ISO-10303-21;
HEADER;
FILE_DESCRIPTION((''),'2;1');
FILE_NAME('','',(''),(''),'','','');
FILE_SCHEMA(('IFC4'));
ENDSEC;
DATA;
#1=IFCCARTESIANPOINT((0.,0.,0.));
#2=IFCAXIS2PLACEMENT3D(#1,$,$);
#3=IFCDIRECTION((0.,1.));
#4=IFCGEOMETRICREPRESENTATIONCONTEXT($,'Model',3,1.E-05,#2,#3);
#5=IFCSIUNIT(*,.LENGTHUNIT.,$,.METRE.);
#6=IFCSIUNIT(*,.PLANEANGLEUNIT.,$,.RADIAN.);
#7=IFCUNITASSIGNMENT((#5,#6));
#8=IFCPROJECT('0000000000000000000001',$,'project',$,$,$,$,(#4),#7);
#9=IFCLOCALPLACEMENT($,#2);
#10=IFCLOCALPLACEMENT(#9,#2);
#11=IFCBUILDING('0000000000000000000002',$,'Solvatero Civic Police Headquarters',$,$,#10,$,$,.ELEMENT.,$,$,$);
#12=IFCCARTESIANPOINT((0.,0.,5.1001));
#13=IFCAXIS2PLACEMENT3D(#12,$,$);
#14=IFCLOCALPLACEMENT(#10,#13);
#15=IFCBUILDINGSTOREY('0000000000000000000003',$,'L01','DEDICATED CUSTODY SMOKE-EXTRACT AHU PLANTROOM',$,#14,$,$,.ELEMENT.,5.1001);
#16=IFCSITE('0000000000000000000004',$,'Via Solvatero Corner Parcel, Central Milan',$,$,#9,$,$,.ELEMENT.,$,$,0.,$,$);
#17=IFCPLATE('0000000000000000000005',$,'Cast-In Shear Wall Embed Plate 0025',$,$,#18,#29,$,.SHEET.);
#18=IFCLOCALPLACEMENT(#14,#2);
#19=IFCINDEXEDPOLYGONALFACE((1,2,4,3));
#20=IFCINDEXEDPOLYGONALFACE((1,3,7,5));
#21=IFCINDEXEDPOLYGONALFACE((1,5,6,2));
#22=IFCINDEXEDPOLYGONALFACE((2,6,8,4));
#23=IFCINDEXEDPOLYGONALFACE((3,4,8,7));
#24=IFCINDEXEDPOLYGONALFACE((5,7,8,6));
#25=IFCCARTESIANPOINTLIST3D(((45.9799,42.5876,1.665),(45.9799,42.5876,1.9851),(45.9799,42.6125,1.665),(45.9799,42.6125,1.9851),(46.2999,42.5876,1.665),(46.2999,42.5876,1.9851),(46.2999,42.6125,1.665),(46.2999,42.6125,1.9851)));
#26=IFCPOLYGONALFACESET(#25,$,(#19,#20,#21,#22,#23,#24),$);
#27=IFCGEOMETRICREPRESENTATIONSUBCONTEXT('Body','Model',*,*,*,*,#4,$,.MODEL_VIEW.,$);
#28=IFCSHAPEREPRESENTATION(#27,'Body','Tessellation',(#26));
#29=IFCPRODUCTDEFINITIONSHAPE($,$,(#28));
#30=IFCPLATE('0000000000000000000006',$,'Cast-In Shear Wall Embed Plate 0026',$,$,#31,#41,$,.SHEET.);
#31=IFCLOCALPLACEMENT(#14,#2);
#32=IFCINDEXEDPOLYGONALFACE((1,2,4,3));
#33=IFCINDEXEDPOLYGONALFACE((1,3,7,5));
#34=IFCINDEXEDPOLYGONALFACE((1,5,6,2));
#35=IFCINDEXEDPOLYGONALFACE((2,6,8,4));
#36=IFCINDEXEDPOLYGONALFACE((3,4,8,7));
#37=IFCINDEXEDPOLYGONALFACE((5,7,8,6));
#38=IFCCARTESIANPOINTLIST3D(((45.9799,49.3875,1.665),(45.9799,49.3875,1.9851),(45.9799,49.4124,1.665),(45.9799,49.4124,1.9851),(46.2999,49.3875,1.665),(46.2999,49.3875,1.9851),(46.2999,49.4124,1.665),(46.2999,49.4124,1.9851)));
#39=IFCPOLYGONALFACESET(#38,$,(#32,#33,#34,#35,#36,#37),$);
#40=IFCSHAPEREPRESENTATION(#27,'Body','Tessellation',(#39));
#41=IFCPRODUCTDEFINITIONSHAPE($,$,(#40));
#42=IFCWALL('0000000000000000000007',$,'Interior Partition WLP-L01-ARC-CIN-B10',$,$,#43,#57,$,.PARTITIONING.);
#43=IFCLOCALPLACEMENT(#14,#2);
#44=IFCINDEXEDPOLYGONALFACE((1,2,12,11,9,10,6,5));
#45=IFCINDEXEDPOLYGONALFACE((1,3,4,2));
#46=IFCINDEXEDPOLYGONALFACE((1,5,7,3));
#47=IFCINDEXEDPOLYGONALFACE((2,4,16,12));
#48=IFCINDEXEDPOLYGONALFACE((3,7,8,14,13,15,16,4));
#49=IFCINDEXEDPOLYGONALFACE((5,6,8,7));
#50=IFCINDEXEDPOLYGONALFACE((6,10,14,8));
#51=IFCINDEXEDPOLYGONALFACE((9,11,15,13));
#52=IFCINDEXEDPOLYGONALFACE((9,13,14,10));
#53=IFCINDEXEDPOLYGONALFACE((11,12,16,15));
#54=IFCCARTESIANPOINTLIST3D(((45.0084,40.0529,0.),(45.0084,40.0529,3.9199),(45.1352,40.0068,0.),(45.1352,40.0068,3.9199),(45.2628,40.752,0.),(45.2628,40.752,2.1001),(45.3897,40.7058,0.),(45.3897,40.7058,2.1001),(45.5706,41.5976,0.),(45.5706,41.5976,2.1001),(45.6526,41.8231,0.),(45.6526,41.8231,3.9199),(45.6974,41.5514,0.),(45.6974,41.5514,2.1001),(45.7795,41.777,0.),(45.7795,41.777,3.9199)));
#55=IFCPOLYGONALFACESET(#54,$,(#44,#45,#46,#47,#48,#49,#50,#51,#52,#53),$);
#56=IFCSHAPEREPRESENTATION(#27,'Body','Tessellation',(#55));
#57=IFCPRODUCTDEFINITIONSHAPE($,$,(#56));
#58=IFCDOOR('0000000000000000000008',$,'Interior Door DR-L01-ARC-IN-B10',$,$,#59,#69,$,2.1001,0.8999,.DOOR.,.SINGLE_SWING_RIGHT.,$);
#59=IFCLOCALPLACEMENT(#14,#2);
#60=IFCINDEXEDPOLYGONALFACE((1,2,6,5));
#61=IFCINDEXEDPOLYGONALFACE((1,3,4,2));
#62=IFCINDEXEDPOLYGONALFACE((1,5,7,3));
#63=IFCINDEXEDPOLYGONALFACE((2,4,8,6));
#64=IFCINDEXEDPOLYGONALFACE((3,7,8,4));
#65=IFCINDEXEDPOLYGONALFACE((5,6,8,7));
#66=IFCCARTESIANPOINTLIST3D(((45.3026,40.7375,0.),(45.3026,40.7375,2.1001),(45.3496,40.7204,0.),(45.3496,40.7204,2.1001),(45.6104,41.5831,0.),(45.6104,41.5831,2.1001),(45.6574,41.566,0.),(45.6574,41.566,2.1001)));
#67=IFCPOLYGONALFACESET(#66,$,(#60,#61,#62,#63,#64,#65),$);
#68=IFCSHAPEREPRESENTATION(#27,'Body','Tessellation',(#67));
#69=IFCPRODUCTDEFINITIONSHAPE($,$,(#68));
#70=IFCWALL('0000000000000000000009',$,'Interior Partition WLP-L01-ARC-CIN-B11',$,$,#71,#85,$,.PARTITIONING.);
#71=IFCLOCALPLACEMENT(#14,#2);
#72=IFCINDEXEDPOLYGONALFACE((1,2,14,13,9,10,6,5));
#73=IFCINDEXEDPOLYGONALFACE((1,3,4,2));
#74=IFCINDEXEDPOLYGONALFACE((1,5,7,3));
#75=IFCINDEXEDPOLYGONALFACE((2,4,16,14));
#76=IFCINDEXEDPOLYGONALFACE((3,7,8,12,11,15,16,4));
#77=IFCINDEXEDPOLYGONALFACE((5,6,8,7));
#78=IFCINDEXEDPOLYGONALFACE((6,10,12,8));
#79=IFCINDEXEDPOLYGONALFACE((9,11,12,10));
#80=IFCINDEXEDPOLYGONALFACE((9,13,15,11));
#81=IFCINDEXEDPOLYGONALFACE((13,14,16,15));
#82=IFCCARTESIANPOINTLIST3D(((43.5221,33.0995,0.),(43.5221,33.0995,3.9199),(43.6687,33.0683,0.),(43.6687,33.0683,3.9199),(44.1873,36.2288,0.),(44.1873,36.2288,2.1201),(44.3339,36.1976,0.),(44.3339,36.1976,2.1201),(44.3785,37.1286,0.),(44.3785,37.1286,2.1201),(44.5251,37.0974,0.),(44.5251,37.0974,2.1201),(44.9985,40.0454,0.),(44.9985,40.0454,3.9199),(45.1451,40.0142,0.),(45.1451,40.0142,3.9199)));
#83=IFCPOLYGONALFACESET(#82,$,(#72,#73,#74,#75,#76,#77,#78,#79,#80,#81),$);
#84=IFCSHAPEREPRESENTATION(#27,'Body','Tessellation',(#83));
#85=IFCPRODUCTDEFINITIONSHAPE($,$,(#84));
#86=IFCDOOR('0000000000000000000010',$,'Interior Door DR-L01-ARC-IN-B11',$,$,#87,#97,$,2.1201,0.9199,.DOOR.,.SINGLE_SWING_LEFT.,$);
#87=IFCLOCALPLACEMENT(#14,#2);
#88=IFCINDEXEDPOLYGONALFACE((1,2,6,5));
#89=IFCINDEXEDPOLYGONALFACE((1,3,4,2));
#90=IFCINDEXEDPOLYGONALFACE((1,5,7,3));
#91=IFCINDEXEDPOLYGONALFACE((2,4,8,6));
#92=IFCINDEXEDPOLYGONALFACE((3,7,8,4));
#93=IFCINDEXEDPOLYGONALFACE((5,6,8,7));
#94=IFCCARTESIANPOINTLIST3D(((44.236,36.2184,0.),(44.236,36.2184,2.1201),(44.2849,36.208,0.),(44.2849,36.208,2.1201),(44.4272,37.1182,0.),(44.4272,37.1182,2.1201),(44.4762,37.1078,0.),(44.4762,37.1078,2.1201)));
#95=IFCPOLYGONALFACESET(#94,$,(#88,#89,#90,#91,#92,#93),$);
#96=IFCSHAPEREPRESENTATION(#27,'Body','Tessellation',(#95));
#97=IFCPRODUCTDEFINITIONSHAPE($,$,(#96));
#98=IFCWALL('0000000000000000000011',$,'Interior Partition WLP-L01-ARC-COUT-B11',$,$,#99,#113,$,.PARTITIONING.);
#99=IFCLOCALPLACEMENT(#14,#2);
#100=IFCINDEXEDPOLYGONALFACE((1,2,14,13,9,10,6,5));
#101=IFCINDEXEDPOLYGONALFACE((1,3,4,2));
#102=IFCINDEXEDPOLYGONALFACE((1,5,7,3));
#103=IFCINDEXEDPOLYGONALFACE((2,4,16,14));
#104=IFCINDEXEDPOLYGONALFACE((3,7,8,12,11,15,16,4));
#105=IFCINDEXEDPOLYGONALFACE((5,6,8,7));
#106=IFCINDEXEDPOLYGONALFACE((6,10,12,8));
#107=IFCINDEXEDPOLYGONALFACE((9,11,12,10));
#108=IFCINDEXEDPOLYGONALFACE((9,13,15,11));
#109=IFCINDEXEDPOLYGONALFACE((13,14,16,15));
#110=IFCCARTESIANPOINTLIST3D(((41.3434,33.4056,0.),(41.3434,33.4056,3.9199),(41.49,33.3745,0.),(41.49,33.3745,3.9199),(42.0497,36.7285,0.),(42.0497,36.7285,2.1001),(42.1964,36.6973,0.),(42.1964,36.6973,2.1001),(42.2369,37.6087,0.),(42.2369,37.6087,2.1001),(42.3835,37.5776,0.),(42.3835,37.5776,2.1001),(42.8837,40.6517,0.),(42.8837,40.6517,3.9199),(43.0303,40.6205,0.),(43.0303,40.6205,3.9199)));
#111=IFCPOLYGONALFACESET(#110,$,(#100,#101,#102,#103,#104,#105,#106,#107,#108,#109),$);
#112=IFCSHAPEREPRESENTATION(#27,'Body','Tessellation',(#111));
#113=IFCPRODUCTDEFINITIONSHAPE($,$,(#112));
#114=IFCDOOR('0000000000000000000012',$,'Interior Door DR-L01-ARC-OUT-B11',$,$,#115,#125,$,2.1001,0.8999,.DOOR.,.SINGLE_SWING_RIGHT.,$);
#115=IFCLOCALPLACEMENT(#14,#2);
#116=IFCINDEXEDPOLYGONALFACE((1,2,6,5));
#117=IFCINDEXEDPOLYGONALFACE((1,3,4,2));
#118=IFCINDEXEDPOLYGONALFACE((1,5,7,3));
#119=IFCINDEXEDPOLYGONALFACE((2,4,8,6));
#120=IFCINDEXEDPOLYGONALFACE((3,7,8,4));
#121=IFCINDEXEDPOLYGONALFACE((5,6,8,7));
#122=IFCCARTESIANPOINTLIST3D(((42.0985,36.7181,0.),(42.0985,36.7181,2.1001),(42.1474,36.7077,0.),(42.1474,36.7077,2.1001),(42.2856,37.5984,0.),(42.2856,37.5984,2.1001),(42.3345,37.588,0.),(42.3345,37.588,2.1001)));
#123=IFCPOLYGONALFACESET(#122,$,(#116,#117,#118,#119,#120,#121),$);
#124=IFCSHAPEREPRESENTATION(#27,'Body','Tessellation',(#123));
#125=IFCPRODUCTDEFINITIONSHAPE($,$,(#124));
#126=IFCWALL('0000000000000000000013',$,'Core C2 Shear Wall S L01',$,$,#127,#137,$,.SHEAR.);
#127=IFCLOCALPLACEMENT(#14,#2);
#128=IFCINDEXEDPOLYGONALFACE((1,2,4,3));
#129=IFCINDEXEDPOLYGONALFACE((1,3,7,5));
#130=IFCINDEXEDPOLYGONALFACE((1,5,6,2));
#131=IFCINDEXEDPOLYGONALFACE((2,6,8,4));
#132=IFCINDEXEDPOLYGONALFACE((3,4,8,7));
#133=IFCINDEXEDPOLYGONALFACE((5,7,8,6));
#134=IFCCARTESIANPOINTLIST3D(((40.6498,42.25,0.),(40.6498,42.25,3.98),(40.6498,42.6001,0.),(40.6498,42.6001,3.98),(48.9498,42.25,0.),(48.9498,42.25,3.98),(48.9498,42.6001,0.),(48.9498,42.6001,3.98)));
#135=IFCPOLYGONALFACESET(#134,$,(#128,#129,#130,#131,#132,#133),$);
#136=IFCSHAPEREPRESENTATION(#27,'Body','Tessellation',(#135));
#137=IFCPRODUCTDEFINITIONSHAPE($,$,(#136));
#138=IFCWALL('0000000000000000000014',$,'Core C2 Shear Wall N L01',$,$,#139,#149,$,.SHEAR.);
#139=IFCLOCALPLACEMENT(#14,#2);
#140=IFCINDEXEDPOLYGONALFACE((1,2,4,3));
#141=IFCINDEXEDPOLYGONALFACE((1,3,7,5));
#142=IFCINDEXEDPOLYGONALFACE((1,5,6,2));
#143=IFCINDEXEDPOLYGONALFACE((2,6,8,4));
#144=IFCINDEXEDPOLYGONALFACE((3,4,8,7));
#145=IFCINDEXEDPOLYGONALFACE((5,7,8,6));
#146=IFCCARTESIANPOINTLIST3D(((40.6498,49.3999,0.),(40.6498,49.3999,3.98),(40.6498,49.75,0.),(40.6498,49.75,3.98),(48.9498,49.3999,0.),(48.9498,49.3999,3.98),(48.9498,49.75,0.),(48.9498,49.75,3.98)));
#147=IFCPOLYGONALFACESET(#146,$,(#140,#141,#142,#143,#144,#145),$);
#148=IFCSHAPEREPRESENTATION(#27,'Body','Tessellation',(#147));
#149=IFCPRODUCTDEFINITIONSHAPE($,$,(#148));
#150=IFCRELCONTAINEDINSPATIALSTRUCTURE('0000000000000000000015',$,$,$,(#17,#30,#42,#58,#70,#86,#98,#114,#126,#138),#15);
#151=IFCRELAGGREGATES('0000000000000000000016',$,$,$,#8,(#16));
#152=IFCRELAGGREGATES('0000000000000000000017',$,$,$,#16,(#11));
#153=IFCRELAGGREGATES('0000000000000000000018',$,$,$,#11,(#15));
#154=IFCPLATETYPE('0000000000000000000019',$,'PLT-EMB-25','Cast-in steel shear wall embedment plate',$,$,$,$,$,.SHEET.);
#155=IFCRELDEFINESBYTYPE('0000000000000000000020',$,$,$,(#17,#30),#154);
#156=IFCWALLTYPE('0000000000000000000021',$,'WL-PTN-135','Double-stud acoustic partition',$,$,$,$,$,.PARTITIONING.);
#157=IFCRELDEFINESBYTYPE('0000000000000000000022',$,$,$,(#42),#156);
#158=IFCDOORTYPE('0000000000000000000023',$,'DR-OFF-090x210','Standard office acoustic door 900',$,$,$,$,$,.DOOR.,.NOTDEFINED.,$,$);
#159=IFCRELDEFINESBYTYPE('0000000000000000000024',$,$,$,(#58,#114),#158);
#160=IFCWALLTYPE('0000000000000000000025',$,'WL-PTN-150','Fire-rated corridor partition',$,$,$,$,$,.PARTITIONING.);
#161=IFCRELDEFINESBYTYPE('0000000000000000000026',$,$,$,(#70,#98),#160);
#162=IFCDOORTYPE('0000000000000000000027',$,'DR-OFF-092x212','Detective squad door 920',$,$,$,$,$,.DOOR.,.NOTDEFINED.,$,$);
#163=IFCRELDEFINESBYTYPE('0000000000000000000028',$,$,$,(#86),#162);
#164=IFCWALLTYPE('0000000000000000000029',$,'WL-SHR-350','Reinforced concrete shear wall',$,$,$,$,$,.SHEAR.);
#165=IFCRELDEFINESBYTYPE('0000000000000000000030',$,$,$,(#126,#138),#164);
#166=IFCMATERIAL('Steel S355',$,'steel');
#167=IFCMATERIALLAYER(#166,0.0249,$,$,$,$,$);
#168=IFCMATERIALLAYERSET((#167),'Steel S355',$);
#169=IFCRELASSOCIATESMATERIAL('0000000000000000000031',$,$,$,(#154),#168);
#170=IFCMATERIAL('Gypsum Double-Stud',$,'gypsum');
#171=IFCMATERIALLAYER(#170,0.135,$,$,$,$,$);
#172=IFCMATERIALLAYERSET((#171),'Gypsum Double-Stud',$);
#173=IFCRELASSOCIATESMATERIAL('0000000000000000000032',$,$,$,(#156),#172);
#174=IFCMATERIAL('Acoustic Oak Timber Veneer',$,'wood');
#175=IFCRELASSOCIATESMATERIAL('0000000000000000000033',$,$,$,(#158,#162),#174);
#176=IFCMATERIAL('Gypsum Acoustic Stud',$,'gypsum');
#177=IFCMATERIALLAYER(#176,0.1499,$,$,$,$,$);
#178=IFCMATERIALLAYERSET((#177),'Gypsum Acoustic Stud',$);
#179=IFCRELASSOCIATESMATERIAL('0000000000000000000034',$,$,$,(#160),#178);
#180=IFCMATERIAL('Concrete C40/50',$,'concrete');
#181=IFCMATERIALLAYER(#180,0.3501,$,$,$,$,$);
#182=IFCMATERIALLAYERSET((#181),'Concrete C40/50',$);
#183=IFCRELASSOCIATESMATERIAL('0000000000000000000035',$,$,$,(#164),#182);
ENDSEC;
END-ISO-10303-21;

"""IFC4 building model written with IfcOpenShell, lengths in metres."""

from ifc_helpers import new_model, si_unit, direction, frame, frame_2d, origin, origin_2d, place, context, subcontext, project, spatial, rectangle, extrude, material, layer, layer_set, type_object, element, fill, save


model = new_model("IFC4")

# Units and contexts
model_context = context("Model", 3, precision=1e-05, world=origin(), true_north=direction((0.0, 1.0)))
body_context = subcontext(model_context, "Body", "Model", "MODEL_VIEW")
ifc_project = project(units=[si_unit("LENGTHUNIT", "METRE"), si_unit("PLANEANGLEUNIT", "RADIAN")], contexts=[model_context])

# Site, building, storey
site_placement = place(None, origin())
site = spatial("IfcSite", under=ifc_project, at=site_placement, Name="Via Solvatero Corner Parcel, Central Milan", CompositionType="ELEMENT", RefElevation=0.0)
building_placement = place(site_placement, origin())
building = spatial("IfcBuilding", under=site, at=building_placement, Name="Solvatero Civic Police Headquarters", CompositionType="ELEMENT")
storey_placement = place(building_placement, frame((0.0, 0.0, 5.1001)))
storey = spatial("IfcBuildingStorey", under=building, at=storey_placement, Name="L01", Description="DEDICATED CUSTODY SMOKE-EXTRACT AHU PLANTROOM", CompositionType="ELEMENT", Elevation=5.1001)

# Shared definitions
ifc_material_1 = material(Name="Steel S355", Category="steel")

# Plates
ifc_layer_1 = layer(ifc_material_1, 0.0249)
ifc_layer_set_1 = layer_set([ifc_layer_1], Name="Steel S355")
plate_type_1 = type_object("IfcPlateType", Name="PLT-EMB-25", Description="Cast-in steel shear wall embedment plate", PredefinedType="SHEET", material=ifc_layer_set_1)
for number, where, z_axis, x_axis, name in (
    (1, (46.1399, 42.6001, 1.665), (0.0, 0.0, 1.0), (1.0, 0.0, 0.0), "Cast-In Shear Wall Embed Plate 0025"),
    (2, (46.1399, 49.3999, 1.665), (0.0, 0.0, 1.0), (1.0, 0.0, 0.0), "Cast-In Shear Wall Embed Plate 0026"),
):
    element("IfcPlate", number, at=place(storey_placement, frame(where, z_axis=z_axis, x_axis=x_axis)), inside=storey, type_object=plate_type_1, Name=name, PredefinedType="SHEET", context=body_context, shape_type="SweptSolid", body=[
        extrude(rectangle(XDim=0.3201, YDim=0.0249, at=origin_2d()), origin(), (0.0, 0.0, 1.0), 0.3201),
    ])

# Walls, openings, doors
ifc_material_2 = material(Name="Gypsum Double-Stud", Category="gypsum")
ifc_layer_2 = layer(ifc_material_2, 0.135)
ifc_layer_set_2 = layer_set([ifc_layer_2], Name="Gypsum Double-Stud")
wall_type_1 = type_object("IfcWallType", Name="WL-PTN-135", Description="Double-stud acoustic partition", PredefinedType="PARTITIONING", material=ifc_layer_set_2)
wall_1_placement = place(storey_placement, frame((45.7161, 41.8, 0.0), z_axis=(0.0, 0.0, 1.0), x_axis=(-0.342003, -0.939699, 0.0)))
wall_1 = element("IfcWall", 3, at=wall_1_placement, inside=storey, type_object=wall_type_1, Name="Interior Partition WLP-L01-ARC-CIN-B10", PredefinedType="PARTITIONING", context=body_context, shape_type="SweptSolid", body=[
    extrude(rectangle(XDim=1.8838, YDim=0.135, at=frame_2d((0.9419, 0.0))), origin(), (0.0, 0.0, 1.0), 3.9199),
])
opening_1_placement = place(wall_1_placement, frame((0.24, 0.0, 0.0)))
opening_1 = element("IfcOpeningElement", 4, at=opening_1_placement, cuts=wall_1, PredefinedType="OPENING", context=body_context, shape_type="SweptSolid", body=[
    extrude(rectangle(XDim=0.8999, YDim=2.1001, at=frame_2d((0.45, 1.05))), frame((0.0, 0.0774, 0.0), z_axis=(0.0, -1.0, 0.0), x_axis=(1.0, 0.0, 0.0)), (0.0, 0.0, 1.0), 0.155),
])
ifc_material_3 = material(Name="Acoustic Oak Timber Veneer", Category="wood")
door_type_1 = type_object("IfcDoorType", Name="DR-OFF-090x210", Description="Standard office acoustic door 900", OperationType="NOTDEFINED", PredefinedType="DOOR", material=ifc_material_3)
door_1_placement = place(opening_1_placement, origin())
door_1 = element("IfcDoor", 5, at=door_1_placement, inside=storey, type_object=door_type_1, Name="Interior Door DR-L01-ARC-IN-B10", OperationType="SINGLE_SWING_RIGHT", OverallHeight=2.1001, OverallWidth=0.8999, PredefinedType="DOOR", context=body_context, shape_type="SweptSolid", body=[
    extrude(rectangle(XDim=0.8999, YDim=2.1001, at=frame_2d((0.45, 1.05))), frame((0.0, 0.0249, 0.0), z_axis=(0.0, -1.0, 0.0), x_axis=(1.0, 0.0, 0.0)), (0.0, 0.0, 1.0), 0.05),
])
fill(opening_1, door_1)
ifc_material_4 = material(Name="Gypsum Acoustic Stud", Category="gypsum")
ifc_layer_3 = layer(ifc_material_4, 0.1499)
ifc_layer_set_3 = layer_set([ifc_layer_3], Name="Gypsum Acoustic Stud")
wall_type_2 = type_object("IfcWallType", Name="WL-PTN-150", Description="Fire-rated corridor partition", PredefinedType="PARTITIONING", material=ifc_layer_set_3)
wall_2_placement = place(storey_placement, frame((45.0718, 40.0298, 0.0), z_axis=(0.0, 0.0, 1.0), x_axis=(-0.207904, -0.978149, 0.0)))
wall_2 = element("IfcWall", 6, at=wall_2_placement, inside=storey, type_object=wall_type_2, Name="Interior Partition WLP-L01-ARC-CIN-B11", PredefinedType="PARTITIONING", context=body_context, shape_type="SweptSolid", body=[
    extrude(rectangle(XDim=7.1011, YDim=0.1499, at=frame_2d((3.5505, 0.0))), origin(), (0.0, 0.0, 1.0), 3.9199),
])
opening_2_placement = place(wall_2_placement, frame((2.9819, 0.0, 0.0)))
opening_2 = element("IfcOpeningElement", 7, at=opening_2_placement, cuts=wall_2, PredefinedType="OPENING", context=body_context, shape_type="SweptSolid", body=[
    extrude(rectangle(XDim=0.9199, YDim=2.1201, at=frame_2d((0.46, 1.0601))), frame((0.0, 0.085, 0.0), z_axis=(0.0, -1.0, 0.0), x_axis=(1.0, 0.0, 0.0)), (0.0, 0.0, 1.0), 0.1699),
])
door_type_2 = type_object("IfcDoorType", Name="DR-OFF-092x212", Description="Detective squad door 920", OperationType="NOTDEFINED", PredefinedType="DOOR", material=ifc_material_3)
door_2_placement = place(opening_2_placement, origin())
door_2 = element("IfcDoor", 8, at=door_2_placement, inside=storey, type_object=door_type_2, Name="Interior Door DR-L01-ARC-IN-B11", OperationType="SINGLE_SWING_LEFT", OverallHeight=2.1201, OverallWidth=0.9199, PredefinedType="DOOR", context=body_context, shape_type="SweptSolid", body=[
    extrude(rectangle(XDim=0.9199, YDim=2.1201, at=frame_2d((0.46, 1.0601))), frame((0.0, 0.0249, 0.0), z_axis=(0.0, -1.0, 0.0), x_axis=(1.0, 0.0, 0.0)), (0.0, 0.0, 1.0), 0.05),
])
fill(opening_2, door_2)
wall_3_placement = place(storey_placement, frame((42.957, 40.6362, 0.0), z_axis=(0.0, 0.0, 1.0), x_axis=(-0.207922, -0.978145, 0.0)))
wall_3 = element("IfcWall", 9, at=wall_3_placement, inside=storey, type_object=wall_type_2, Name="Interior Partition WLP-L01-ARC-COUT-B11", PredefinedType="PARTITIONING", context=body_context, shape_type="SweptSolid", body=[
    extrude(rectangle(XDim=7.408, YDim=0.1499, at=frame_2d((3.7041, 0.0))), origin(), (0.0, 0.0, 1.0), 3.9199),
])
opening_3_placement = place(wall_3_placement, frame((3.1111, 0.0, 0.0)))
opening_3 = element("IfcOpeningElement", 10, at=opening_3_placement, cuts=wall_3, PredefinedType="OPENING", context=body_context, shape_type="SweptSolid", body=[
    extrude(rectangle(XDim=0.8999, YDim=2.1001, at=frame_2d((0.45, 1.05))), frame((0.0, 0.085, 0.0), z_axis=(0.0, -1.0, 0.0), x_axis=(1.0, 0.0, 0.0)), (0.0, 0.0, 1.0), 0.1699),
])
door_3_placement = place(opening_3_placement, origin())
door_3 = element("IfcDoor", 11, at=door_3_placement, inside=storey, type_object=door_type_1, Name="Interior Door DR-L01-ARC-OUT-B11", OperationType="SINGLE_SWING_RIGHT", OverallHeight=2.1001, OverallWidth=0.8999, PredefinedType="DOOR", context=body_context, shape_type="SweptSolid", body=[
    extrude(rectangle(XDim=0.8999, YDim=2.1001, at=frame_2d((0.45, 1.05))), frame((0.0, 0.0249, 0.0), z_axis=(0.0, -1.0, 0.0), x_axis=(1.0, 0.0, 0.0)), (0.0, 0.0, 1.0), 0.05),
])
fill(opening_3, door_3)

# Walls
ifc_material_5 = material(Name="Concrete C40/50", Category="concrete")
ifc_layer_4 = layer(ifc_material_5, 0.3501)
ifc_layer_set_4 = layer_set([ifc_layer_4], Name="Concrete C40/50")
wall_type_3 = type_object("IfcWallType", Name="WL-SHR-350", Description="Reinforced concrete shear wall", PredefinedType="SHEAR", material=ifc_layer_set_4)
for number, where, z_axis, x_axis, name in (
    (12, (40.6499, 42.425, 0.0), (0.0, 0.0, 1.0), (1.0, 0.0, 0.0), "Core C2 Shear Wall S L01"),
    (13, (40.6499, 49.575, 0.0), (0.0, 0.0, 1.0), (1.0, 0.0, 0.0), "Core C2 Shear Wall N L01"),
):
    element("IfcWall", number, at=place(storey_placement, frame(where, z_axis=z_axis, x_axis=x_axis)), inside=storey, type_object=wall_type_3, Name=name, PredefinedType="SHEAR", context=body_context, shape_type="SweptSolid", body=[
        extrude(rectangle(XDim=8.3, YDim=0.3501, at=frame_2d((4.1499, 0.0))), origin(), (0.0, 0.0, 1.0), 3.98),
    ])

save(model, "model.ifc")
